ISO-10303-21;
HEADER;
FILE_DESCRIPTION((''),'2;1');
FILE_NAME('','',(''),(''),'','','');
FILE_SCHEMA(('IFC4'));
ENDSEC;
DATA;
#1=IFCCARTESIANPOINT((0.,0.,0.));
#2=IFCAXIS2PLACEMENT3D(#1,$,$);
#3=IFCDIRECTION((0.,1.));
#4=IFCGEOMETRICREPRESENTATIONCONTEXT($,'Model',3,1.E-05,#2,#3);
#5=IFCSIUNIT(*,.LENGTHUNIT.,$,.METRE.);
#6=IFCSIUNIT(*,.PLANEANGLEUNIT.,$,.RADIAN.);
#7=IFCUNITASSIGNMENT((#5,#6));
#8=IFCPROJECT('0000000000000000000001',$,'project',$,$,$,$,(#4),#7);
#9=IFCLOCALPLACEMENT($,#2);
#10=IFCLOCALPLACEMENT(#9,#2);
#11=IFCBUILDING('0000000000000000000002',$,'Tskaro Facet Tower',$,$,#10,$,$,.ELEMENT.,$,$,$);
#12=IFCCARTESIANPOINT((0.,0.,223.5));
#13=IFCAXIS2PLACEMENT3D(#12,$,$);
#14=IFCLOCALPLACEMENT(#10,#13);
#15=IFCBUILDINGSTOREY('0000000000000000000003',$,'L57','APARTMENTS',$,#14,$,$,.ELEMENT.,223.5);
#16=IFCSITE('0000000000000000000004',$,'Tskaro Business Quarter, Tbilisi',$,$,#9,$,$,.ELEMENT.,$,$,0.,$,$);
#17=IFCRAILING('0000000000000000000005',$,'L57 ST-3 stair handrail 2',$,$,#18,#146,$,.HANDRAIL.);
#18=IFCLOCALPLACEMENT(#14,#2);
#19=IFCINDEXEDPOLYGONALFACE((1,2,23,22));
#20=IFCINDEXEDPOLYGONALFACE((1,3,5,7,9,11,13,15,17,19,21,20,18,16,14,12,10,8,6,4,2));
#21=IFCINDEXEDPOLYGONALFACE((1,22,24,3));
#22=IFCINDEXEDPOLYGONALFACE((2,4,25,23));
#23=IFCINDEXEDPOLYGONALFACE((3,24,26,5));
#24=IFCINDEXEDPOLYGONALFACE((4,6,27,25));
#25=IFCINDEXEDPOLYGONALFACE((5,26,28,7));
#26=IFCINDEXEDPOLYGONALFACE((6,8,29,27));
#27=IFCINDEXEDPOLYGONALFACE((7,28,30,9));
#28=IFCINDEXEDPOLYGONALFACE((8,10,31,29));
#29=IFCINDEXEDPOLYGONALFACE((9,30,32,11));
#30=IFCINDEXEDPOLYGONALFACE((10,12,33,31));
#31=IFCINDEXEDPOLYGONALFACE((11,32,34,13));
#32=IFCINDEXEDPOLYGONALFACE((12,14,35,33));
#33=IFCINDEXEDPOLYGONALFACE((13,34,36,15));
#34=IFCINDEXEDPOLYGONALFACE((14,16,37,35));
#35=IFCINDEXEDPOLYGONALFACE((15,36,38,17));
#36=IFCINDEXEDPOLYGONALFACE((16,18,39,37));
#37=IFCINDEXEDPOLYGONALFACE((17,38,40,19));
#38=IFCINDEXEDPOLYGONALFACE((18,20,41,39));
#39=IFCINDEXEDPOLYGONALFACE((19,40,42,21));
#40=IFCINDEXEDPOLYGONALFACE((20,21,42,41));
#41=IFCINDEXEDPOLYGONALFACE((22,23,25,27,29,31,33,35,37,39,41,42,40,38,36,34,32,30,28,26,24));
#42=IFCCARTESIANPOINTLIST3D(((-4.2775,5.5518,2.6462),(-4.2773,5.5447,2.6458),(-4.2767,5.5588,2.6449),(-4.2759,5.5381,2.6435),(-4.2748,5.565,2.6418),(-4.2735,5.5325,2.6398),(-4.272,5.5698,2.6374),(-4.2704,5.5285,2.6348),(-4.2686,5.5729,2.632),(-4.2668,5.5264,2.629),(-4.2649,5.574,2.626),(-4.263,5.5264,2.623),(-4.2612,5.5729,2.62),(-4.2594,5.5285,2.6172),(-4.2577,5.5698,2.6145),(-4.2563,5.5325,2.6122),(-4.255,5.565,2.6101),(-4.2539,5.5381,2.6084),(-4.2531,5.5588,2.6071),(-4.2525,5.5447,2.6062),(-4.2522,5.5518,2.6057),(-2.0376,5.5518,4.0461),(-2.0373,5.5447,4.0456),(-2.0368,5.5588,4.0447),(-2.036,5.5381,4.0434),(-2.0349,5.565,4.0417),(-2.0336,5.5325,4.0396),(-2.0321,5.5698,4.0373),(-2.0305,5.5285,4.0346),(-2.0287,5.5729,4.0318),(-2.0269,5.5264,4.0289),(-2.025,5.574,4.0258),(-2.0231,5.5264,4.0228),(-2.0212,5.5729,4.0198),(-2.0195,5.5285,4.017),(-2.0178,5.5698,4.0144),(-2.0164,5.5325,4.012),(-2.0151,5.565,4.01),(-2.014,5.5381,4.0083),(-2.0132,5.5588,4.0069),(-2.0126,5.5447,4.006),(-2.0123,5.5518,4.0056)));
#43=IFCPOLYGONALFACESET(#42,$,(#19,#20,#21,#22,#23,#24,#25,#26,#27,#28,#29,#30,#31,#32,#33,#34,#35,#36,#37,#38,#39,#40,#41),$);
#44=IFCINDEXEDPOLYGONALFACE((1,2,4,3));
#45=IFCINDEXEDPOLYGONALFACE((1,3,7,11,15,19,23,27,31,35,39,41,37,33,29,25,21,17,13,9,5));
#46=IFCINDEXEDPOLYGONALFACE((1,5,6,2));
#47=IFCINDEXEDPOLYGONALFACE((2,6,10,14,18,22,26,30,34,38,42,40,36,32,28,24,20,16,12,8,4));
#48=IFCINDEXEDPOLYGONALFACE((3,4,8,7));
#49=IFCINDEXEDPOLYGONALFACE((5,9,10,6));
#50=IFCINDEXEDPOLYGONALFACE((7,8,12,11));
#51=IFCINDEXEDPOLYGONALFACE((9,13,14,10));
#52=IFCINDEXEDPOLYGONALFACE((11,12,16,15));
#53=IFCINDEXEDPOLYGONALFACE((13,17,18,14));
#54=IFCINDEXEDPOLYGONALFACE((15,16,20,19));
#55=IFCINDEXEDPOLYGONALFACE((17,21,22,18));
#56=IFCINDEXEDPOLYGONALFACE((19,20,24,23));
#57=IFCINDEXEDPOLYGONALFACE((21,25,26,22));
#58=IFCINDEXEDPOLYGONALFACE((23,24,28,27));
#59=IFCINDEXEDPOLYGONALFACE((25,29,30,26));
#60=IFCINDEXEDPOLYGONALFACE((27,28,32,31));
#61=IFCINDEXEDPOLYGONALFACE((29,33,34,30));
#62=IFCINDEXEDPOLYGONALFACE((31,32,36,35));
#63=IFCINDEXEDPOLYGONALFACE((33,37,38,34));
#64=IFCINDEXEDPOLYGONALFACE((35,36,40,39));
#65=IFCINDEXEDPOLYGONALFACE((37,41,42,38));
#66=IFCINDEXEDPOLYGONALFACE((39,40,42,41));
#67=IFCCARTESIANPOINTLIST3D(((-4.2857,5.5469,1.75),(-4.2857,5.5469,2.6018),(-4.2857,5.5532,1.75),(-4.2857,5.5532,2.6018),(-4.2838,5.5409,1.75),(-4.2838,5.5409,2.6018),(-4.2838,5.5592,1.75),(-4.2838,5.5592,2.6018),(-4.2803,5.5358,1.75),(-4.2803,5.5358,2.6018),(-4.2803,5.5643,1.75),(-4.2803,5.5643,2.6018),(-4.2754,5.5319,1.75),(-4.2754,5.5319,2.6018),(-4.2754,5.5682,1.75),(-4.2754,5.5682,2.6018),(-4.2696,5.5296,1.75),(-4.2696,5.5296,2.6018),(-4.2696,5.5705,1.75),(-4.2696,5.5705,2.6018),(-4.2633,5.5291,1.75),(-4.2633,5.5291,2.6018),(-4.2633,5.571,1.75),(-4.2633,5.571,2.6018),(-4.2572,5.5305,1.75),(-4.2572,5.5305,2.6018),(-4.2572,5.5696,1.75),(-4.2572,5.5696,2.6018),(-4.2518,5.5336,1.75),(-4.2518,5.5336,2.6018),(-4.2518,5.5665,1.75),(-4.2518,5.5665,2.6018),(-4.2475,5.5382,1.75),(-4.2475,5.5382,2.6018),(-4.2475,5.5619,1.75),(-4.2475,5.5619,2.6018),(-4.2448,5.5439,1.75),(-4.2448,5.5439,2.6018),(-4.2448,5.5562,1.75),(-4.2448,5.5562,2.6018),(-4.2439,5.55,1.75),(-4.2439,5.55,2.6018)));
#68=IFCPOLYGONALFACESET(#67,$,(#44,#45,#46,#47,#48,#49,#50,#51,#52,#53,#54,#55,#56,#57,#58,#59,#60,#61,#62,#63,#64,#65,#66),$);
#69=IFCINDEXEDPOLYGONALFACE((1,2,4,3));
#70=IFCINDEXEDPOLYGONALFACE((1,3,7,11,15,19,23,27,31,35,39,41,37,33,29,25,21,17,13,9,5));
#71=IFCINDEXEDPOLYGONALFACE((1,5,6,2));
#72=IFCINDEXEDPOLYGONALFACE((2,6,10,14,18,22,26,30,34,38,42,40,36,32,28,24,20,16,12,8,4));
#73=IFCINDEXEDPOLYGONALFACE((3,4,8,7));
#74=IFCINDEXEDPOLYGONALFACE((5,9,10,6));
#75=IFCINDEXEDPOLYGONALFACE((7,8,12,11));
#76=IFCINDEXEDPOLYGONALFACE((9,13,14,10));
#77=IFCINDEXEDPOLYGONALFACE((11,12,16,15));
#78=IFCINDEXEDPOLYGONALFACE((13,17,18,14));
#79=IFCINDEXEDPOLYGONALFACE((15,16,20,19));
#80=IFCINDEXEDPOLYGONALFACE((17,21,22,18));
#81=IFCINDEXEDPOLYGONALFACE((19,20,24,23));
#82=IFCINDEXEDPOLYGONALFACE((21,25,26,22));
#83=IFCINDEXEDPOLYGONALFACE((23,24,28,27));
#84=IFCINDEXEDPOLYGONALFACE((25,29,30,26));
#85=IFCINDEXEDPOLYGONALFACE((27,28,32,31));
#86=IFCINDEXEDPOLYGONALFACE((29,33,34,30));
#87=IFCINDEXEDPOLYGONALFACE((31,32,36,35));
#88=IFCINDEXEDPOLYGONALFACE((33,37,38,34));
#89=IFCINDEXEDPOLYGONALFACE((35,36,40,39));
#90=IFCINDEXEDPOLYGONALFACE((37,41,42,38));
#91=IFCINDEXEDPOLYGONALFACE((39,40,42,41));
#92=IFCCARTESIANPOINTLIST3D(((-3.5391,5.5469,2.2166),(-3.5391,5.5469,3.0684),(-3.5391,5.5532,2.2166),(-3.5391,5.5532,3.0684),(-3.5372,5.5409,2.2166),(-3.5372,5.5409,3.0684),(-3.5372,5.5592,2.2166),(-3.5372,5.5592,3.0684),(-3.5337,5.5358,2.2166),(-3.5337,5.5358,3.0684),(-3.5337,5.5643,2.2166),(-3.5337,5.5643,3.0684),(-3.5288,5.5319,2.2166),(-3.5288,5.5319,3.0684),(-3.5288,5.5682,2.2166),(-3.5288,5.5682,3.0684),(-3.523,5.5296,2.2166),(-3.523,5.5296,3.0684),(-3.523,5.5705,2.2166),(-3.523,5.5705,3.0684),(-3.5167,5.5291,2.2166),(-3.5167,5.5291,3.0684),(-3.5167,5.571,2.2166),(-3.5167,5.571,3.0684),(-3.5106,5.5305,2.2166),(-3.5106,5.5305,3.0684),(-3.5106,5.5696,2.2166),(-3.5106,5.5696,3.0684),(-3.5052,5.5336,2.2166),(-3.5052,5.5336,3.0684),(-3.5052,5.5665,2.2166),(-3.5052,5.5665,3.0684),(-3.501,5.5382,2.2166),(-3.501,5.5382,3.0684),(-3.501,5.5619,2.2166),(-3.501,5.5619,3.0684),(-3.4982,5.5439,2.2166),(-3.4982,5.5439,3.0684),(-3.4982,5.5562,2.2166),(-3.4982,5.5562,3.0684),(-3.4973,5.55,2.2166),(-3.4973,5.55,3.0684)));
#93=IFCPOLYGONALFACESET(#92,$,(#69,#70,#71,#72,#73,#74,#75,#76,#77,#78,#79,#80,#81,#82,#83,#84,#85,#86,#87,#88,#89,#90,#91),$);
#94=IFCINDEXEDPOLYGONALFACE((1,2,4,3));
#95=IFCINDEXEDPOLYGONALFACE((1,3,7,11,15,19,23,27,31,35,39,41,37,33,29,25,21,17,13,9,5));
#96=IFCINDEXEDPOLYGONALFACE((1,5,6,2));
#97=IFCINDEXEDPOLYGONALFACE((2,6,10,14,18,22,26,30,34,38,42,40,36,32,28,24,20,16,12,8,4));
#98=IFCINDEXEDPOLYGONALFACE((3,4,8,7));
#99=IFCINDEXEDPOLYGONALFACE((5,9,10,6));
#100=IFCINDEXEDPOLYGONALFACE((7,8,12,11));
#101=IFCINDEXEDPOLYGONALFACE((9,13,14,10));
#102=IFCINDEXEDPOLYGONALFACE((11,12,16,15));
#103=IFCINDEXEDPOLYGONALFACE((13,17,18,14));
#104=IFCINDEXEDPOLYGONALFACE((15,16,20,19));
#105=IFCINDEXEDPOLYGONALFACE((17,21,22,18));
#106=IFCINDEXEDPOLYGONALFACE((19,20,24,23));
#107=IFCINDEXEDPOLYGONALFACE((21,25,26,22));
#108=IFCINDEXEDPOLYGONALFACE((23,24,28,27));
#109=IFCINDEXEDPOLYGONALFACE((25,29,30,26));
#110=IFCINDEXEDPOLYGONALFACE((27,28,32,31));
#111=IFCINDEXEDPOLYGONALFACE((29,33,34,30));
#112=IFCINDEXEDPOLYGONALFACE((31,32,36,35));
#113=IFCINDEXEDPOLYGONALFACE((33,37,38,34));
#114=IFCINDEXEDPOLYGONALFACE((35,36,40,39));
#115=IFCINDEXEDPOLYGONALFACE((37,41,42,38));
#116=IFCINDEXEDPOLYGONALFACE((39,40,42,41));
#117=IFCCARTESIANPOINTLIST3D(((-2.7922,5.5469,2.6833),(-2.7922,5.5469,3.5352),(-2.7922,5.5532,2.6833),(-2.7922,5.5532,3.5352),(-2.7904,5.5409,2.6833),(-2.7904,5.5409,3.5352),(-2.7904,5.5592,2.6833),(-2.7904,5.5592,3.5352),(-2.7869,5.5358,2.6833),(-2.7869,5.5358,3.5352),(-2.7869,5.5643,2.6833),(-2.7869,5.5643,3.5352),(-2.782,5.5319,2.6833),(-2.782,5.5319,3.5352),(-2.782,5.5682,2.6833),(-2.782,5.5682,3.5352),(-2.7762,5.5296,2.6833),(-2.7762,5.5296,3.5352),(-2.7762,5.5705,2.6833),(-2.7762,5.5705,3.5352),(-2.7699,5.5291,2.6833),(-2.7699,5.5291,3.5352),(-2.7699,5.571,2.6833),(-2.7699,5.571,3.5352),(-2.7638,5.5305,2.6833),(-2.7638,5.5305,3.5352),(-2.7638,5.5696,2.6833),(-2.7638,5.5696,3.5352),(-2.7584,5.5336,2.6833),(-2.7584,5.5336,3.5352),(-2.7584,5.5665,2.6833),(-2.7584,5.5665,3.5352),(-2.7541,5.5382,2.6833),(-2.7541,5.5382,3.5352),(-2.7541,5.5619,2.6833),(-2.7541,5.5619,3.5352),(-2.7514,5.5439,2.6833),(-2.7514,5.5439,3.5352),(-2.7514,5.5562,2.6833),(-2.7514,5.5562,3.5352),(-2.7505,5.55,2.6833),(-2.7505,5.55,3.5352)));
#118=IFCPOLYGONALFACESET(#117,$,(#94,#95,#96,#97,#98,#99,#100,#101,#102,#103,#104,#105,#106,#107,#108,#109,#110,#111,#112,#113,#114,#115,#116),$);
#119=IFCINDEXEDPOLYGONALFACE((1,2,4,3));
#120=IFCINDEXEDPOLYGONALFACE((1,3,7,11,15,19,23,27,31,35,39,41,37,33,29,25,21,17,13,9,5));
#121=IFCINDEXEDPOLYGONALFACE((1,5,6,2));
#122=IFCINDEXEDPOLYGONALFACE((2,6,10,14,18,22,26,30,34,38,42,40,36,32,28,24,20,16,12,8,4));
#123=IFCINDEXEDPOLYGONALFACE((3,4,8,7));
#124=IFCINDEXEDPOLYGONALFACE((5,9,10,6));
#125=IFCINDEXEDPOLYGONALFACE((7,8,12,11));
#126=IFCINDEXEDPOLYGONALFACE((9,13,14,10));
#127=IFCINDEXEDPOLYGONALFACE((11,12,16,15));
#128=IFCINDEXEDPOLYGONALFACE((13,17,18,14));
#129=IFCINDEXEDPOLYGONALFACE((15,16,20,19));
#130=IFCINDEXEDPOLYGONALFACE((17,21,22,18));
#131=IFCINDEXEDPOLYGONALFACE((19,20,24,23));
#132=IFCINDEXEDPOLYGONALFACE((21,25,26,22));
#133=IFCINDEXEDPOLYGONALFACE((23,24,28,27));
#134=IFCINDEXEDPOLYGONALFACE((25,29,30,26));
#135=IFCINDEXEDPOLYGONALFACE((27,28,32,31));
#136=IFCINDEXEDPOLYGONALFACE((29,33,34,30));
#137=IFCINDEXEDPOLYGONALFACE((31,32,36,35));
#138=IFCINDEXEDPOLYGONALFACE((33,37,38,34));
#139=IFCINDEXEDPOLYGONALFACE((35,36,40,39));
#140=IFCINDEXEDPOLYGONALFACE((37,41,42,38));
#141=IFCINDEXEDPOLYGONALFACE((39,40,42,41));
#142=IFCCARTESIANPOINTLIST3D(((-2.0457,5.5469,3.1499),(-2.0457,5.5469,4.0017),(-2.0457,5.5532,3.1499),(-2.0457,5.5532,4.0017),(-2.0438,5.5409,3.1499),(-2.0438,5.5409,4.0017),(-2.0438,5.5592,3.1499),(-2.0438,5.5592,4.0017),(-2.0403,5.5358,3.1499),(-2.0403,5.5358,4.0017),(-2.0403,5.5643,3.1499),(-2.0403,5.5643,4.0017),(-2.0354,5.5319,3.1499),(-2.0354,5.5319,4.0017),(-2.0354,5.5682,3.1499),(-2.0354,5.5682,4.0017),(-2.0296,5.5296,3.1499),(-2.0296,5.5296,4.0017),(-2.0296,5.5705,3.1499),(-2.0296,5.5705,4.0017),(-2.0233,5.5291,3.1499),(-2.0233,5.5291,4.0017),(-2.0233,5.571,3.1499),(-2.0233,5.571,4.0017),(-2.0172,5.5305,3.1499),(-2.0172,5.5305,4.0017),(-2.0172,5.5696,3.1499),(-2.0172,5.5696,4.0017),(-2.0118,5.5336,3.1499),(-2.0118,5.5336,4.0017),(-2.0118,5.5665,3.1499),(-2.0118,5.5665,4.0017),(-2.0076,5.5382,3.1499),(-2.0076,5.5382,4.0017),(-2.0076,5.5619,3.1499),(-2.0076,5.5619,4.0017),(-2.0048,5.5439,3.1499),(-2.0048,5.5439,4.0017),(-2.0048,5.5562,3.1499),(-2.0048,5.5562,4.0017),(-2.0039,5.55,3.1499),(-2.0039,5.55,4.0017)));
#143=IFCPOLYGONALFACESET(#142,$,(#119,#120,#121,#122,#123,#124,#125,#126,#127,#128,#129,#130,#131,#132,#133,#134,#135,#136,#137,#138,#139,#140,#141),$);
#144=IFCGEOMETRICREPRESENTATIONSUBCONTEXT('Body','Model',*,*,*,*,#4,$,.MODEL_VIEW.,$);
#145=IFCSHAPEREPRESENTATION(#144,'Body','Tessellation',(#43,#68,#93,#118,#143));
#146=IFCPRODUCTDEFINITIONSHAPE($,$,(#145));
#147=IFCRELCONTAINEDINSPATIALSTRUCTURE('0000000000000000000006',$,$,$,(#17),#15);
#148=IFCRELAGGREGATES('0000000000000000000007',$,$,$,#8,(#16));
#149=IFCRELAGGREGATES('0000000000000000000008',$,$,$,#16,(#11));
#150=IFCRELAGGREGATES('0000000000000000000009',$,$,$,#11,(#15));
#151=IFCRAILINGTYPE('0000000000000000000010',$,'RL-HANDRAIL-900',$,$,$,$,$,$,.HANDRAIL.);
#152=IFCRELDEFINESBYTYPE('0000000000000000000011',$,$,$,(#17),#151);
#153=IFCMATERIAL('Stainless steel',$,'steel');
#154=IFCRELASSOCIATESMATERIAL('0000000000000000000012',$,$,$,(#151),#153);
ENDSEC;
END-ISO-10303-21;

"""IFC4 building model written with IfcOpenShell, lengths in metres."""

from ifc_helpers import new_model, si_unit, direction, frame, origin, origin_2d, place, context, subcontext, project, spatial, circle, extrude, material, type_object, element, save


model = new_model("IFC4")

# Units and contexts
model_context = context("Model", 3, precision=1e-05, world=origin(), true_north=direction((0.0, 1.0)))
body_context = subcontext(model_context, "Body", "Model", "MODEL_VIEW")
ifc_project = project(units=[si_unit("LENGTHUNIT", "METRE"), si_unit("PLANEANGLEUNIT", "RADIAN")], contexts=[model_context])

# Site, building, storey
site_placement = place(None, origin())
site = spatial("IfcSite", under=ifc_project, at=site_placement, Name="Tskaro Business Quarter, Tbilisi", CompositionType="ELEMENT", RefElevation=0.0)
building_placement = place(site_placement, origin())
building = spatial("IfcBuilding", under=site, at=building_placement, Name="Tskaro Facet Tower", CompositionType="ELEMENT")
storey_placement = place(building_placement, frame((0.0, 0.0, 223.5)))
storey = spatial("IfcBuildingStorey", under=building, at=storey_placement, Name="L57", Description="APARTMENTS", CompositionType="ELEMENT", Elevation=223.5)

# Railing
ifc_material_1 = material(Name="Stainless steel", Category="steel")
railing_type_1 = type_object("IfcRailingType", Name="RL-HANDRAIL-900", PredefinedType="HANDRAIL", material=ifc_material_1)
railing_1_placement = place(storey_placement, frame((-4.2649, 5.55, 1.75)))
element("IfcRailing", 1, at=railing_1_placement, inside=storey, type_object=railing_type_1, Name="L57 ST-3 stair handrail 2", PredefinedType="HANDRAIL", context=body_context, shape_type="SweptSolid", body=[
    extrude(circle(Radius=0.0239, at=origin_2d()), frame((0.0, 0.0, 0.876), z_axis=(0.848014, 0.0, 0.529974), x_axis=(0.0, 1.0, 0.0)), (0.0, 0.0, 1.0), 2.6414),
    extrude(circle(Radius=0.021, at=origin_2d()), origin(), (0.0, 0.0, 1.0), 0.8518),
    extrude(circle(Radius=0.021, at=origin_2d()), frame((0.7466, 0.0, 0.4666)), (0.0, 0.0, 1.0), 0.8518),
    extrude(circle(Radius=0.021, at=origin_2d()), frame((1.4934, 0.0, 0.9333)), (0.0, 0.0, 1.0), 0.8518),
    extrude(circle(Radius=0.021, at=origin_2d()), frame((2.24, 0.0, 1.3999)), (0.0, 0.0, 1.0), 0.8518),
])

save(model, "model.ifc")
